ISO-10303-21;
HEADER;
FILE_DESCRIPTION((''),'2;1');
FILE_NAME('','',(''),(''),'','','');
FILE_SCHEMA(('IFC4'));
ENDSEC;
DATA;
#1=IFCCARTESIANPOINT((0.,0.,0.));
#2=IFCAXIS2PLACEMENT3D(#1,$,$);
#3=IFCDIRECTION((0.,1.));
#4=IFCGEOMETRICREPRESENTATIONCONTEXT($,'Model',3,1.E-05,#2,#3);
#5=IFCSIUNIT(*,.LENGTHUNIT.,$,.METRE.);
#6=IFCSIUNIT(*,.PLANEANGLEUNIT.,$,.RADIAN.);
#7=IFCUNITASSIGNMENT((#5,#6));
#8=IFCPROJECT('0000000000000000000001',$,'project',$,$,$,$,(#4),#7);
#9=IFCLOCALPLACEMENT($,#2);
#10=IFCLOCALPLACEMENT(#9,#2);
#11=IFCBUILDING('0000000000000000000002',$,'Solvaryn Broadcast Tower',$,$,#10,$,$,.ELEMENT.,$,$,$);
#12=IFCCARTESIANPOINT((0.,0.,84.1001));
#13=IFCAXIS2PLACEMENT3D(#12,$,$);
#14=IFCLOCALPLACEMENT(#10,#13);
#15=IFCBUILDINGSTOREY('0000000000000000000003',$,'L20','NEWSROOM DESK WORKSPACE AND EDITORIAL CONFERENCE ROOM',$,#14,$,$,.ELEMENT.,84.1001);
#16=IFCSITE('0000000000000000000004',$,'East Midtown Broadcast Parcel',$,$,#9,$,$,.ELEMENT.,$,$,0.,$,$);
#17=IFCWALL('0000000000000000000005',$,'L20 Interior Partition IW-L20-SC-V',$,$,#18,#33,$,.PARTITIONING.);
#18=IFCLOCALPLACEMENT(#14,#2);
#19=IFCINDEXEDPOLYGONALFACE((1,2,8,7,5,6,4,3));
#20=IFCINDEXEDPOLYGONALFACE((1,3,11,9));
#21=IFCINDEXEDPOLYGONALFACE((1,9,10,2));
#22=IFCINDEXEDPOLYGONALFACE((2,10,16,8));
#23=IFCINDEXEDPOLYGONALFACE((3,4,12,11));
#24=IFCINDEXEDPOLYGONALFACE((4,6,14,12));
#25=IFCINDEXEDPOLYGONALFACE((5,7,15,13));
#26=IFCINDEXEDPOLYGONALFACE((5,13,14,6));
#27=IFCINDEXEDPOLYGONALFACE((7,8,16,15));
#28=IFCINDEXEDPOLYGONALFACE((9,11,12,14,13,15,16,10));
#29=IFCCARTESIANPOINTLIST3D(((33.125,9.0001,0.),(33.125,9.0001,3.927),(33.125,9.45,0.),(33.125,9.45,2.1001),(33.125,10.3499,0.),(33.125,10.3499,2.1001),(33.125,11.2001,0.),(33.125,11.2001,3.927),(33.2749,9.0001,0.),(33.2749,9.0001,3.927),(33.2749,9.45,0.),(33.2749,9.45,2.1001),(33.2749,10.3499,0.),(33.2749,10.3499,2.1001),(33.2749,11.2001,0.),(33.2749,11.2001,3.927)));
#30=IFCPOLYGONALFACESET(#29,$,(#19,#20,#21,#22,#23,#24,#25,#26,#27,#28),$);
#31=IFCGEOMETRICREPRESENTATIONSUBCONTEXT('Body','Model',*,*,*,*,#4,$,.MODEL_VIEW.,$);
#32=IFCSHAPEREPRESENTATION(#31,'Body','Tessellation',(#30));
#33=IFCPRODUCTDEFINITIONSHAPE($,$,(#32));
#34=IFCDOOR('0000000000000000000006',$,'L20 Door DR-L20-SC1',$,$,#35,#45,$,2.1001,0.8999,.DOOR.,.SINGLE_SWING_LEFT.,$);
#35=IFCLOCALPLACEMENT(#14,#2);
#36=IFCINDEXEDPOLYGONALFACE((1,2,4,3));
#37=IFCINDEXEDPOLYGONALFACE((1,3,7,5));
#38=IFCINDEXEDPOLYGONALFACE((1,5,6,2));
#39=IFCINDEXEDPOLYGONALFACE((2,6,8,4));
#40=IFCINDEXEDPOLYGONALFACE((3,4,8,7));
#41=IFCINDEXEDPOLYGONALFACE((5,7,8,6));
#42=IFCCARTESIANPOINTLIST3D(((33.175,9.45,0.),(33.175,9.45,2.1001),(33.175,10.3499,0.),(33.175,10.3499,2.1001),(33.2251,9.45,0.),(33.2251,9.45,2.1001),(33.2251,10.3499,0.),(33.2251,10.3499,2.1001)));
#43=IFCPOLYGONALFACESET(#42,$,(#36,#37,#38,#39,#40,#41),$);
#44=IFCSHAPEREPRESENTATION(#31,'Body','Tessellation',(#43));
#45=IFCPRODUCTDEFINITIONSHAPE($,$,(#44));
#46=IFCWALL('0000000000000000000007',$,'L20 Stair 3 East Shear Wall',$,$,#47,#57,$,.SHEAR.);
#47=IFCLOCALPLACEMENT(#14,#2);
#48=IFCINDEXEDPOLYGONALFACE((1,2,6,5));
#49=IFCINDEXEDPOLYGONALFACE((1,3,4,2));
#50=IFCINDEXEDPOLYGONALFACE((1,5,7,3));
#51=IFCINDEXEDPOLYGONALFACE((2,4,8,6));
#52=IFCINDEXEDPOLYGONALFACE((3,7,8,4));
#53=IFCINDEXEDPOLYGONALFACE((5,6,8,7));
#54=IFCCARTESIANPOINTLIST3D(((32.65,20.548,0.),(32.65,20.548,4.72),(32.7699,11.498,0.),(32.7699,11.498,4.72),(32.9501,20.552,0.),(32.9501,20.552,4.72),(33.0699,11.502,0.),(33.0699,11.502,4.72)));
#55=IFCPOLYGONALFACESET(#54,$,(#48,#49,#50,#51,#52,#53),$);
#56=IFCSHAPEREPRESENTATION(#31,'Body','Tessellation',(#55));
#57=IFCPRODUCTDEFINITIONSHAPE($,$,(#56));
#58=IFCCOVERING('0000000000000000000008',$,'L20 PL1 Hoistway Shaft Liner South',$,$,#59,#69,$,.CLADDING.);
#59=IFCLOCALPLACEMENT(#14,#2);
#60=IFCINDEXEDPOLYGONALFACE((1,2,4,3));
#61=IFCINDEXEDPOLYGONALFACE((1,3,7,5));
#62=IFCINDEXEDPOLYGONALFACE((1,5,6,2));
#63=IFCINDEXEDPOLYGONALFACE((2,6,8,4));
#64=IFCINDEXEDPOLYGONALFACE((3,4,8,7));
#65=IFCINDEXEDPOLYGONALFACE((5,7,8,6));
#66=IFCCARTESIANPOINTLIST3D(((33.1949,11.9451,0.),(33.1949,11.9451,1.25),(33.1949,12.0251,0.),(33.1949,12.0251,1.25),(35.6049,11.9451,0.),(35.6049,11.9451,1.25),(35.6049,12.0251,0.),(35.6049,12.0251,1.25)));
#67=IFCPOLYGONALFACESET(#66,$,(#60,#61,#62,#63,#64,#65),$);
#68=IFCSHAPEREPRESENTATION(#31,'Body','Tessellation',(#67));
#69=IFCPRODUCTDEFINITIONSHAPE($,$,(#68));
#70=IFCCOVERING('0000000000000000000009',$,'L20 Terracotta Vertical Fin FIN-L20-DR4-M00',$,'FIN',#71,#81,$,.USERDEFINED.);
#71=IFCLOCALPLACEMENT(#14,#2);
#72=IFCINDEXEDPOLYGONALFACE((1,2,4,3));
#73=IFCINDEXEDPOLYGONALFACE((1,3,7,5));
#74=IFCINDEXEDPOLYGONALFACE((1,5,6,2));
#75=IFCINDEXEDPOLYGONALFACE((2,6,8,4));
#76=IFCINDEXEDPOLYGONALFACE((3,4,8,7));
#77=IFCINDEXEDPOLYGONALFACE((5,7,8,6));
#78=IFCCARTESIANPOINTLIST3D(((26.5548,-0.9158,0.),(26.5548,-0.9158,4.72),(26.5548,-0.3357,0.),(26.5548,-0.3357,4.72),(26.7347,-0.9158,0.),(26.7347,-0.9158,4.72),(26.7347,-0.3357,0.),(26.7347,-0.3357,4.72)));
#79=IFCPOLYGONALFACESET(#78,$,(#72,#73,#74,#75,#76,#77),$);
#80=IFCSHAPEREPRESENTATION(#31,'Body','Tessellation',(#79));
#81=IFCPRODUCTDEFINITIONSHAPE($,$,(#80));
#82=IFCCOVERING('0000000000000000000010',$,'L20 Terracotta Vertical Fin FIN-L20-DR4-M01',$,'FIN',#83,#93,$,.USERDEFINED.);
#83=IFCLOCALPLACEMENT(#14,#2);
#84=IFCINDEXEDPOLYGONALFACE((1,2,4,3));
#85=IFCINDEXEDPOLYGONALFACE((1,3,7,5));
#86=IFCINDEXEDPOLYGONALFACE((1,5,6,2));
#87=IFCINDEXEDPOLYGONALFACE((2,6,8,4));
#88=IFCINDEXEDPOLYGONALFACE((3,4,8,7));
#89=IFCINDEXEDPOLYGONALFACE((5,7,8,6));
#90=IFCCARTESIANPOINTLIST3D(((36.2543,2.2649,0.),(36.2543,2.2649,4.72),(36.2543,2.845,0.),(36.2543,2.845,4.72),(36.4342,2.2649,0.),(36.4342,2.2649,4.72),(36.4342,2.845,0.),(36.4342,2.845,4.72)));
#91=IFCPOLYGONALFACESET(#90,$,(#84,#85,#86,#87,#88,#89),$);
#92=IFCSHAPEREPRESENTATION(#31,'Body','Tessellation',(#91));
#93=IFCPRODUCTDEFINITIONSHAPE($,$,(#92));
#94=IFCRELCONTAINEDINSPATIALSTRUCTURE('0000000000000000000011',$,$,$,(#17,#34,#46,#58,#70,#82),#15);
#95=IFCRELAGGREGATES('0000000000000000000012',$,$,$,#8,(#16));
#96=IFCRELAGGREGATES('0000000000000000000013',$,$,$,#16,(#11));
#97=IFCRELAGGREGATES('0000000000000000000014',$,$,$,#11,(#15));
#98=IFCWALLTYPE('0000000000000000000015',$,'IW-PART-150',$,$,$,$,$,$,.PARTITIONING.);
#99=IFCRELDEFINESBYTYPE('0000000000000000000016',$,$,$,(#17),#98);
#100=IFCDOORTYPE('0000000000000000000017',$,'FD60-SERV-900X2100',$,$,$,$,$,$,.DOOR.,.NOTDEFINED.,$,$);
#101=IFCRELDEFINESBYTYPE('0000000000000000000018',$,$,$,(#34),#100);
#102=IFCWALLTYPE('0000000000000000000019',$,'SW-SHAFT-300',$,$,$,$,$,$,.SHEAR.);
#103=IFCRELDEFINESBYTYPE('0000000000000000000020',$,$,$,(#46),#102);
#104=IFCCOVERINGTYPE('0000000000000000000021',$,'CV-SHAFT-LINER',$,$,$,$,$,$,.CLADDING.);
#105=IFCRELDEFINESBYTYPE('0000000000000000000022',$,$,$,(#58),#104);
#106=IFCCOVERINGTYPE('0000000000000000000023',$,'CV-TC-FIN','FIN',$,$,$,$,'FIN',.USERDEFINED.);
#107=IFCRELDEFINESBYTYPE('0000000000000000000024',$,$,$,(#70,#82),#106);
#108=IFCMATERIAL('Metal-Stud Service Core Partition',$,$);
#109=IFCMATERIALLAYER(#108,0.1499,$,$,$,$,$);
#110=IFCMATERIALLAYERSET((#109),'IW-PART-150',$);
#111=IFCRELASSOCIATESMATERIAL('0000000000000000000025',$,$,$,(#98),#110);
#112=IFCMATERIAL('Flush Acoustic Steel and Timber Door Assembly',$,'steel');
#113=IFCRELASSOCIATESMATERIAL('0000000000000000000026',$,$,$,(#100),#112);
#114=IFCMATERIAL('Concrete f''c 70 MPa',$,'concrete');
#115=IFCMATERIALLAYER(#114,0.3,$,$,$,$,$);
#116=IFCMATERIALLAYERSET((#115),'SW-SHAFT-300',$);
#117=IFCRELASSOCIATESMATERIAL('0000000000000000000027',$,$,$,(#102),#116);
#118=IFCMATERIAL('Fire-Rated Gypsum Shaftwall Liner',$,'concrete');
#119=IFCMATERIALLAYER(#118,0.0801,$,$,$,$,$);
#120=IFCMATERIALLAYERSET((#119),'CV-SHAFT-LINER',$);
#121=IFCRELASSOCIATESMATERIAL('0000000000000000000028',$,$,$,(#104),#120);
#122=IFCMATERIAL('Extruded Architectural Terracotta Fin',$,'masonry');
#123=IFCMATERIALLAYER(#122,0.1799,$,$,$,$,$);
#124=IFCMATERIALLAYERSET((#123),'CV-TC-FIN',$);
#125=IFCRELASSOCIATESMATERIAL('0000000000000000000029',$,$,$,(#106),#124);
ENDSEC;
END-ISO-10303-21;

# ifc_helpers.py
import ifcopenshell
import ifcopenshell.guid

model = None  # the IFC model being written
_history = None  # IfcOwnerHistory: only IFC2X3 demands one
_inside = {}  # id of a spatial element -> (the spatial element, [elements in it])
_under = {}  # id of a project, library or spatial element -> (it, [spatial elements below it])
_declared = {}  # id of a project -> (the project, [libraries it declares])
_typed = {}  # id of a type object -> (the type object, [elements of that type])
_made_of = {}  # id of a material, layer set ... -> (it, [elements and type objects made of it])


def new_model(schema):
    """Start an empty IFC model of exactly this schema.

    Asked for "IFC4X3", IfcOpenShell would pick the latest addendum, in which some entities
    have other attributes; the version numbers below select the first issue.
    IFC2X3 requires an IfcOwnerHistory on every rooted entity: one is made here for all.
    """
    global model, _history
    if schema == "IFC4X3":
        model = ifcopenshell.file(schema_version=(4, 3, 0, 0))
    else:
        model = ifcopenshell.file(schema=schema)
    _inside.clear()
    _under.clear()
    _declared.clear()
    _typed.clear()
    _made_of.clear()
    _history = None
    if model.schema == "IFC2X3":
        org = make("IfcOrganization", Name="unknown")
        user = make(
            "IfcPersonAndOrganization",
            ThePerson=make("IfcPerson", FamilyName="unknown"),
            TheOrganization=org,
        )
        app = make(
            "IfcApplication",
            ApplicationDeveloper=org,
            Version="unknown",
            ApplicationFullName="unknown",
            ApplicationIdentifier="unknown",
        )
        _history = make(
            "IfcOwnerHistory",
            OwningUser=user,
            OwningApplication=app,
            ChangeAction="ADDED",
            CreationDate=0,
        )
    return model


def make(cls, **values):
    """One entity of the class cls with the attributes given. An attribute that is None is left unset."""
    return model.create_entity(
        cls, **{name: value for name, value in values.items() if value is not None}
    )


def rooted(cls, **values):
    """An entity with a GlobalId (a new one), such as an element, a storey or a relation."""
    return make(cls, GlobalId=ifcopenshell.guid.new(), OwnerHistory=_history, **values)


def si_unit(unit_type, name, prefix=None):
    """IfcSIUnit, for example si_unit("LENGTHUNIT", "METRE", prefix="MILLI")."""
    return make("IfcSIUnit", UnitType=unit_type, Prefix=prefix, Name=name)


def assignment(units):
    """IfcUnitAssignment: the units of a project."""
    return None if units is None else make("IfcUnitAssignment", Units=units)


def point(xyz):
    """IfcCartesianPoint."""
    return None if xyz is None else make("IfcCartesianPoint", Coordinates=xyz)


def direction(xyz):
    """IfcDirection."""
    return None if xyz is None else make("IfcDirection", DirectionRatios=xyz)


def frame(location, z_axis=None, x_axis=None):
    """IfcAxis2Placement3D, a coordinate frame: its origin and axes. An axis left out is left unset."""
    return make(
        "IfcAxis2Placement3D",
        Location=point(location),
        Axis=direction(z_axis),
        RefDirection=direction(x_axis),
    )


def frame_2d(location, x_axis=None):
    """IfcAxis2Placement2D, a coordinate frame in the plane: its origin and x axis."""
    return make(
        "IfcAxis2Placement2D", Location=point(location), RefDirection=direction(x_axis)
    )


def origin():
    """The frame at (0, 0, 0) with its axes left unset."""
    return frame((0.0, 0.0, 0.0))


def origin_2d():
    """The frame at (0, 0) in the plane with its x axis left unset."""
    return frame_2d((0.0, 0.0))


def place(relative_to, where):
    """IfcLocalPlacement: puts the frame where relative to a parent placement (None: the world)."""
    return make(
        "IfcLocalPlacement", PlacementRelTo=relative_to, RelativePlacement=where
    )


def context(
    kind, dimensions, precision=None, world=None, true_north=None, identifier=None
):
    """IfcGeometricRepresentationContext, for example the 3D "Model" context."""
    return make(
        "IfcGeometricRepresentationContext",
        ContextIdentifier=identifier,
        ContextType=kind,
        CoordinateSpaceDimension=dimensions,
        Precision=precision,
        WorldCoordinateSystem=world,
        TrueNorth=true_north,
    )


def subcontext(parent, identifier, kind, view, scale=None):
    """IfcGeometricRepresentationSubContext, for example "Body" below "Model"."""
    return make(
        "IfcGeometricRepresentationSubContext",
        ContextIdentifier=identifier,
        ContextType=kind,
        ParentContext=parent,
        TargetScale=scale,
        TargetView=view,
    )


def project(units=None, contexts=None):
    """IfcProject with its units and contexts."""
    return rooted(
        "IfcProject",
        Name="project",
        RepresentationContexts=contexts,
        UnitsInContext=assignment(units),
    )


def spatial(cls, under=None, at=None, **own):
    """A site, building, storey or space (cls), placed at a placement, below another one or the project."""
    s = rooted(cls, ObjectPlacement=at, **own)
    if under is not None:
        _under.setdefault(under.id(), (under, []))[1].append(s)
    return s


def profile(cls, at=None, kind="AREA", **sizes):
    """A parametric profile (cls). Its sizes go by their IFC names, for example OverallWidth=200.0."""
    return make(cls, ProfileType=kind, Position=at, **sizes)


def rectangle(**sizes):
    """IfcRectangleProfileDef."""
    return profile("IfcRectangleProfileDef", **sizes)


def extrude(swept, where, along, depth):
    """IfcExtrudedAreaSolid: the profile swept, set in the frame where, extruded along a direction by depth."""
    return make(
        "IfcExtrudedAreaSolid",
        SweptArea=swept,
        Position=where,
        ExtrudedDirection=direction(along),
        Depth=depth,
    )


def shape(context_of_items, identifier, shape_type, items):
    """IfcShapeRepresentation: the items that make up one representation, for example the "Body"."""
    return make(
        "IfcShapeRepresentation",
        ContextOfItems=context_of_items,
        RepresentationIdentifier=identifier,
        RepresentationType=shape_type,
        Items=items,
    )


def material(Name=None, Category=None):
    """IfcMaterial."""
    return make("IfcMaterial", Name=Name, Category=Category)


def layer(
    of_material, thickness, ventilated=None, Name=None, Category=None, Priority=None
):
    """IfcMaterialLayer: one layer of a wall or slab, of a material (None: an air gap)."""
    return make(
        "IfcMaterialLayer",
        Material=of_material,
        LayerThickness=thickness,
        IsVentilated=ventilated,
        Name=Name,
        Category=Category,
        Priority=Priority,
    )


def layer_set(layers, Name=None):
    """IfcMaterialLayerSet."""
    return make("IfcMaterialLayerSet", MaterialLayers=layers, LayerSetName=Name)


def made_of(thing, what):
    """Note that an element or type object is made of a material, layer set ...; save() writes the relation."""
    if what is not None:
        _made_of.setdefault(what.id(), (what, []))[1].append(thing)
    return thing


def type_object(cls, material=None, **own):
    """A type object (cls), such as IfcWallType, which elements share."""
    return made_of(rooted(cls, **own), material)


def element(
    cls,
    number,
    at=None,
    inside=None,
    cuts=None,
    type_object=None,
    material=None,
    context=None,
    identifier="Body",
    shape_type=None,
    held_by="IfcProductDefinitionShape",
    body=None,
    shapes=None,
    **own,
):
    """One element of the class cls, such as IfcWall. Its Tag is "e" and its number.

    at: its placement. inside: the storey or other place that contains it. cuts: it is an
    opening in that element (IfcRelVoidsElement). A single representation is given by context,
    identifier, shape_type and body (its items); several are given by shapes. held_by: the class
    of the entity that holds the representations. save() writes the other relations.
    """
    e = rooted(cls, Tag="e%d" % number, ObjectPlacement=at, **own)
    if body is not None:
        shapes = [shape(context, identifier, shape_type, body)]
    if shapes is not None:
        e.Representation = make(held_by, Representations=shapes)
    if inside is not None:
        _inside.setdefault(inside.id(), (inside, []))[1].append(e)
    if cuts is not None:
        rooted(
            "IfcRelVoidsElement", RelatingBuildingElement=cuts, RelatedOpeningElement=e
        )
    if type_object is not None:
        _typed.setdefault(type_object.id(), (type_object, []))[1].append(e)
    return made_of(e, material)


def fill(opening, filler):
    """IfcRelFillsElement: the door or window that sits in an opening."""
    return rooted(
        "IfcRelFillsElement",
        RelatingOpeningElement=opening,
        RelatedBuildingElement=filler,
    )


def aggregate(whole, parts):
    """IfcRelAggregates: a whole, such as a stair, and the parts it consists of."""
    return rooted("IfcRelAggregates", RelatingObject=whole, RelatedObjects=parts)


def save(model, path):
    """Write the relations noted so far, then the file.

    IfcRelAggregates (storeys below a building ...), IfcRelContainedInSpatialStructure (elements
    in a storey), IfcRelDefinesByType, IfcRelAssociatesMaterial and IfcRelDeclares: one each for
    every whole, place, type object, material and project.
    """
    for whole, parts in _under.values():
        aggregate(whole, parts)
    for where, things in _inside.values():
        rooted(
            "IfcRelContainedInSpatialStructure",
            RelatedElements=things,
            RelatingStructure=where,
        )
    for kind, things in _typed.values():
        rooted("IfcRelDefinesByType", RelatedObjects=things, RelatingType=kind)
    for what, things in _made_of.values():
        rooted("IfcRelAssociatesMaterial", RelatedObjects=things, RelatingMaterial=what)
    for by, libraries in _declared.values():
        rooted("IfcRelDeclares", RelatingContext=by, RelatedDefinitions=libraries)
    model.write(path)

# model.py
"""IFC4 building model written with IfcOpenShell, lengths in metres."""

from ifc_helpers import new_model, si_unit, direction, frame, frame_2d, origin, origin_2d, place, context, subcontext, project, spatial, rectangle, extrude, material, layer, layer_set, type_object, element, fill, save


model = new_model("IFC4")

# Units and contexts
model_context = context("Model", 3, precision=1e-05, world=origin(), true_north=direction((0.0, 1.0)))
body_context = subcontext(model_context, "Body", "Model", "MODEL_VIEW")
ifc_project = project(units=[si_unit("LENGTHUNIT", "METRE"), si_unit("PLANEANGLEUNIT", "RADIAN")], contexts=[model_context])

# Site, building, storey
site_placement = place(None, origin())
site = spatial("IfcSite", under=ifc_project, at=site_placement, Name="East Midtown Broadcast Parcel", CompositionType="ELEMENT", RefElevation=0.0)
building_placement = place(site_placement, origin())
building = spatial("IfcBuilding", under=site, at=building_placement, Name="Solvaryn Broadcast Tower", CompositionType="ELEMENT")
storey_placement = place(building_placement, frame((0.0, 0.0, 84.1001)))
storey = spatial("IfcBuildingStorey", under=building, at=storey_placement, Name="L20", Description="NEWSROOM DESK WORKSPACE AND EDITORIAL CONFERENCE ROOM", CompositionType="ELEMENT", Elevation=84.1001)

# Wall, opening, door
ifc_material_1 = material(Name="Metal-Stud Service Core Partition")
ifc_layer_1 = layer(ifc_material_1, 0.1499)
ifc_layer_set_1 = layer_set([ifc_layer_1], Name="IW-PART-150")
wall_type_1 = type_object("IfcWallType", Name="IW-PART-150", PredefinedType="PARTITIONING", material=ifc_layer_set_1)
wall_1_placement = place(storey_placement, frame((33.2, 9.0, 0.0), z_axis=(0.0, 0.0, 1.0), x_axis=(0.0, 1.0, 0.0)))
wall_1 = element("IfcWall", 1, at=wall_1_placement, inside=storey, type_object=wall_type_1, Name="L20 Interior Partition IW-L20-SC-V", PredefinedType="PARTITIONING", context=body_context, shape_type="SweptSolid", body=[
    extrude(rectangle(XDim=2.2, YDim=0.1499, at=frame_2d((1.1001, 0.0))), origin(), (0.0, 0.0, 1.0), 3.927),
])
opening_placement = place(wall_1_placement, frame((0.45, 0.0, 0.0)))
opening = element("IfcOpeningElement", 2, at=opening_placement, cuts=wall_1, PredefinedType="OPENING", context=body_context, shape_type="SweptSolid", body=[
    extrude(rectangle(XDim=0.8999, YDim=2.1001, at=frame_2d((0.45, 1.05))), frame((0.0, 0.085, 0.0), z_axis=(0.0, -1.0, 0.0), x_axis=(1.0, 0.0, 0.0)), (0.0, 0.0, 1.0), 0.1699),
])
ifc_material_2 = material(Name="Flush Acoustic Steel and Timber Door Assembly", Category="steel")
door_type = type_object("IfcDoorType", Name="FD60-SERV-900X2100", OperationType="NOTDEFINED", PredefinedType="DOOR", material=ifc_material_2)
door_placement = place(opening_placement, origin())
door = element("IfcDoor", 3, at=door_placement, inside=storey, type_object=door_type, Name="L20 Door DR-L20-SC1", OperationType="SINGLE_SWING_LEFT", OverallHeight=2.1001, OverallWidth=0.8999, PredefinedType="DOOR", context=body_context, shape_type="SweptSolid", body=[
    extrude(rectangle(XDim=0.8999, YDim=2.1001, at=frame_2d((0.45, 1.05))), frame((0.0, 0.0249, 0.0), z_axis=(0.0, -1.0, 0.0), x_axis=(1.0, 0.0, 0.0)), (0.0, 0.0, 1.0), 0.05),
])
fill(opening, door)

# Wall
ifc_material_3 = material(Name="Concrete f'c 70 MPa", Category="concrete")
ifc_layer_2 = layer(ifc_material_3, 0.3)
ifc_layer_set_2 = layer_set([ifc_layer_2], Name="SW-SHAFT-300")
wall_type_2 = type_object("IfcWallType", Name="SW-SHAFT-300", PredefinedType="SHEAR", material=ifc_layer_set_2)
wall_2_placement = place(storey_placement, frame((32.9199, 11.5, 0.0), z_axis=(0.0, 0.0, 1.0), x_axis=(-0.013244, 0.999912, 0.0)))
element("IfcWall", 4, at=wall_2_placement, inside=storey, type_object=wall_type_2, Name="L20 Stair 3 East Shear Wall", PredefinedType="SHEAR", context=body_context, shape_type="SweptSolid", body=[
    extrude(rectangle(XDim=9.0508, YDim=0.3, at=frame_2d((4.5254, 0.0))), origin(), (0.0, 0.0, 1.0), 4.72),
])

# Coverings
ifc_material_4 = material(Name="Fire-Rated Gypsum Shaftwall Liner", Category="concrete")
ifc_layer_3 = layer(ifc_material_4, 0.0801)
ifc_layer_set_3 = layer_set([ifc_layer_3], Name="CV-SHAFT-LINER")
covering_type_1 = type_object("IfcCoveringType", Name="CV-SHAFT-LINER", PredefinedType="CLADDING", material=ifc_layer_set_3)
covering_placement = place(storey_placement, frame((34.3999, 11.9851, 0.0), z_axis=(0.0, 0.0, 1.0), x_axis=(1.0, 0.0, 0.0)))
element("IfcCovering", 5, at=covering_placement, inside=storey, type_object=covering_type_1, Name="L20 PL1 Hoistway Shaft Liner South", PredefinedType="CLADDING", context=body_context, shape_type="SweptSolid", body=[
    extrude(rectangle(XDim=2.4099, YDim=0.0801, at=origin_2d()), origin(), (0.0, 0.0, 1.0), 1.25),
])
ifc_material_5 = material(Name="Extruded Architectural Terracotta Fin", Category="masonry")
ifc_layer_4 = layer(ifc_material_5, 0.1799)
ifc_layer_set_4 = layer_set([ifc_layer_4], Name="CV-TC-FIN")
covering_type_2 = type_object("IfcCoveringType", Name="CV-TC-FIN", Description="FIN", ElementType="FIN", PredefinedType="USERDEFINED", material=ifc_layer_set_4)
for number, where, z_axis, x_axis, name in (
    (6, (26.6448, -0.6257, 0.0), (0.0, 0.0, 1.0), (1.0, 0.0, 0.0), "L20 Terracotta Vertical Fin FIN-L20-DR4-M00"),
    (7, (36.3442, 2.5549, 0.0), (0.0, 0.0, 1.0), (1.0, 0.0, 0.0), "L20 Terracotta Vertical Fin FIN-L20-DR4-M01"),
):
    element("IfcCovering", number, at=place(storey_placement, frame(where, z_axis=z_axis, x_axis=x_axis)), inside=storey, type_object=covering_type_2, Name=name, ObjectType="FIN", PredefinedType="USERDEFINED", context=body_context, shape_type="SweptSolid", body=[
        extrude(rectangle(XDim=0.1799, YDim=0.5801, at=origin_2d()), origin(), (0.0, 0.0, 1.0), 4.72),
    ])

save(model, "model.ifc")
